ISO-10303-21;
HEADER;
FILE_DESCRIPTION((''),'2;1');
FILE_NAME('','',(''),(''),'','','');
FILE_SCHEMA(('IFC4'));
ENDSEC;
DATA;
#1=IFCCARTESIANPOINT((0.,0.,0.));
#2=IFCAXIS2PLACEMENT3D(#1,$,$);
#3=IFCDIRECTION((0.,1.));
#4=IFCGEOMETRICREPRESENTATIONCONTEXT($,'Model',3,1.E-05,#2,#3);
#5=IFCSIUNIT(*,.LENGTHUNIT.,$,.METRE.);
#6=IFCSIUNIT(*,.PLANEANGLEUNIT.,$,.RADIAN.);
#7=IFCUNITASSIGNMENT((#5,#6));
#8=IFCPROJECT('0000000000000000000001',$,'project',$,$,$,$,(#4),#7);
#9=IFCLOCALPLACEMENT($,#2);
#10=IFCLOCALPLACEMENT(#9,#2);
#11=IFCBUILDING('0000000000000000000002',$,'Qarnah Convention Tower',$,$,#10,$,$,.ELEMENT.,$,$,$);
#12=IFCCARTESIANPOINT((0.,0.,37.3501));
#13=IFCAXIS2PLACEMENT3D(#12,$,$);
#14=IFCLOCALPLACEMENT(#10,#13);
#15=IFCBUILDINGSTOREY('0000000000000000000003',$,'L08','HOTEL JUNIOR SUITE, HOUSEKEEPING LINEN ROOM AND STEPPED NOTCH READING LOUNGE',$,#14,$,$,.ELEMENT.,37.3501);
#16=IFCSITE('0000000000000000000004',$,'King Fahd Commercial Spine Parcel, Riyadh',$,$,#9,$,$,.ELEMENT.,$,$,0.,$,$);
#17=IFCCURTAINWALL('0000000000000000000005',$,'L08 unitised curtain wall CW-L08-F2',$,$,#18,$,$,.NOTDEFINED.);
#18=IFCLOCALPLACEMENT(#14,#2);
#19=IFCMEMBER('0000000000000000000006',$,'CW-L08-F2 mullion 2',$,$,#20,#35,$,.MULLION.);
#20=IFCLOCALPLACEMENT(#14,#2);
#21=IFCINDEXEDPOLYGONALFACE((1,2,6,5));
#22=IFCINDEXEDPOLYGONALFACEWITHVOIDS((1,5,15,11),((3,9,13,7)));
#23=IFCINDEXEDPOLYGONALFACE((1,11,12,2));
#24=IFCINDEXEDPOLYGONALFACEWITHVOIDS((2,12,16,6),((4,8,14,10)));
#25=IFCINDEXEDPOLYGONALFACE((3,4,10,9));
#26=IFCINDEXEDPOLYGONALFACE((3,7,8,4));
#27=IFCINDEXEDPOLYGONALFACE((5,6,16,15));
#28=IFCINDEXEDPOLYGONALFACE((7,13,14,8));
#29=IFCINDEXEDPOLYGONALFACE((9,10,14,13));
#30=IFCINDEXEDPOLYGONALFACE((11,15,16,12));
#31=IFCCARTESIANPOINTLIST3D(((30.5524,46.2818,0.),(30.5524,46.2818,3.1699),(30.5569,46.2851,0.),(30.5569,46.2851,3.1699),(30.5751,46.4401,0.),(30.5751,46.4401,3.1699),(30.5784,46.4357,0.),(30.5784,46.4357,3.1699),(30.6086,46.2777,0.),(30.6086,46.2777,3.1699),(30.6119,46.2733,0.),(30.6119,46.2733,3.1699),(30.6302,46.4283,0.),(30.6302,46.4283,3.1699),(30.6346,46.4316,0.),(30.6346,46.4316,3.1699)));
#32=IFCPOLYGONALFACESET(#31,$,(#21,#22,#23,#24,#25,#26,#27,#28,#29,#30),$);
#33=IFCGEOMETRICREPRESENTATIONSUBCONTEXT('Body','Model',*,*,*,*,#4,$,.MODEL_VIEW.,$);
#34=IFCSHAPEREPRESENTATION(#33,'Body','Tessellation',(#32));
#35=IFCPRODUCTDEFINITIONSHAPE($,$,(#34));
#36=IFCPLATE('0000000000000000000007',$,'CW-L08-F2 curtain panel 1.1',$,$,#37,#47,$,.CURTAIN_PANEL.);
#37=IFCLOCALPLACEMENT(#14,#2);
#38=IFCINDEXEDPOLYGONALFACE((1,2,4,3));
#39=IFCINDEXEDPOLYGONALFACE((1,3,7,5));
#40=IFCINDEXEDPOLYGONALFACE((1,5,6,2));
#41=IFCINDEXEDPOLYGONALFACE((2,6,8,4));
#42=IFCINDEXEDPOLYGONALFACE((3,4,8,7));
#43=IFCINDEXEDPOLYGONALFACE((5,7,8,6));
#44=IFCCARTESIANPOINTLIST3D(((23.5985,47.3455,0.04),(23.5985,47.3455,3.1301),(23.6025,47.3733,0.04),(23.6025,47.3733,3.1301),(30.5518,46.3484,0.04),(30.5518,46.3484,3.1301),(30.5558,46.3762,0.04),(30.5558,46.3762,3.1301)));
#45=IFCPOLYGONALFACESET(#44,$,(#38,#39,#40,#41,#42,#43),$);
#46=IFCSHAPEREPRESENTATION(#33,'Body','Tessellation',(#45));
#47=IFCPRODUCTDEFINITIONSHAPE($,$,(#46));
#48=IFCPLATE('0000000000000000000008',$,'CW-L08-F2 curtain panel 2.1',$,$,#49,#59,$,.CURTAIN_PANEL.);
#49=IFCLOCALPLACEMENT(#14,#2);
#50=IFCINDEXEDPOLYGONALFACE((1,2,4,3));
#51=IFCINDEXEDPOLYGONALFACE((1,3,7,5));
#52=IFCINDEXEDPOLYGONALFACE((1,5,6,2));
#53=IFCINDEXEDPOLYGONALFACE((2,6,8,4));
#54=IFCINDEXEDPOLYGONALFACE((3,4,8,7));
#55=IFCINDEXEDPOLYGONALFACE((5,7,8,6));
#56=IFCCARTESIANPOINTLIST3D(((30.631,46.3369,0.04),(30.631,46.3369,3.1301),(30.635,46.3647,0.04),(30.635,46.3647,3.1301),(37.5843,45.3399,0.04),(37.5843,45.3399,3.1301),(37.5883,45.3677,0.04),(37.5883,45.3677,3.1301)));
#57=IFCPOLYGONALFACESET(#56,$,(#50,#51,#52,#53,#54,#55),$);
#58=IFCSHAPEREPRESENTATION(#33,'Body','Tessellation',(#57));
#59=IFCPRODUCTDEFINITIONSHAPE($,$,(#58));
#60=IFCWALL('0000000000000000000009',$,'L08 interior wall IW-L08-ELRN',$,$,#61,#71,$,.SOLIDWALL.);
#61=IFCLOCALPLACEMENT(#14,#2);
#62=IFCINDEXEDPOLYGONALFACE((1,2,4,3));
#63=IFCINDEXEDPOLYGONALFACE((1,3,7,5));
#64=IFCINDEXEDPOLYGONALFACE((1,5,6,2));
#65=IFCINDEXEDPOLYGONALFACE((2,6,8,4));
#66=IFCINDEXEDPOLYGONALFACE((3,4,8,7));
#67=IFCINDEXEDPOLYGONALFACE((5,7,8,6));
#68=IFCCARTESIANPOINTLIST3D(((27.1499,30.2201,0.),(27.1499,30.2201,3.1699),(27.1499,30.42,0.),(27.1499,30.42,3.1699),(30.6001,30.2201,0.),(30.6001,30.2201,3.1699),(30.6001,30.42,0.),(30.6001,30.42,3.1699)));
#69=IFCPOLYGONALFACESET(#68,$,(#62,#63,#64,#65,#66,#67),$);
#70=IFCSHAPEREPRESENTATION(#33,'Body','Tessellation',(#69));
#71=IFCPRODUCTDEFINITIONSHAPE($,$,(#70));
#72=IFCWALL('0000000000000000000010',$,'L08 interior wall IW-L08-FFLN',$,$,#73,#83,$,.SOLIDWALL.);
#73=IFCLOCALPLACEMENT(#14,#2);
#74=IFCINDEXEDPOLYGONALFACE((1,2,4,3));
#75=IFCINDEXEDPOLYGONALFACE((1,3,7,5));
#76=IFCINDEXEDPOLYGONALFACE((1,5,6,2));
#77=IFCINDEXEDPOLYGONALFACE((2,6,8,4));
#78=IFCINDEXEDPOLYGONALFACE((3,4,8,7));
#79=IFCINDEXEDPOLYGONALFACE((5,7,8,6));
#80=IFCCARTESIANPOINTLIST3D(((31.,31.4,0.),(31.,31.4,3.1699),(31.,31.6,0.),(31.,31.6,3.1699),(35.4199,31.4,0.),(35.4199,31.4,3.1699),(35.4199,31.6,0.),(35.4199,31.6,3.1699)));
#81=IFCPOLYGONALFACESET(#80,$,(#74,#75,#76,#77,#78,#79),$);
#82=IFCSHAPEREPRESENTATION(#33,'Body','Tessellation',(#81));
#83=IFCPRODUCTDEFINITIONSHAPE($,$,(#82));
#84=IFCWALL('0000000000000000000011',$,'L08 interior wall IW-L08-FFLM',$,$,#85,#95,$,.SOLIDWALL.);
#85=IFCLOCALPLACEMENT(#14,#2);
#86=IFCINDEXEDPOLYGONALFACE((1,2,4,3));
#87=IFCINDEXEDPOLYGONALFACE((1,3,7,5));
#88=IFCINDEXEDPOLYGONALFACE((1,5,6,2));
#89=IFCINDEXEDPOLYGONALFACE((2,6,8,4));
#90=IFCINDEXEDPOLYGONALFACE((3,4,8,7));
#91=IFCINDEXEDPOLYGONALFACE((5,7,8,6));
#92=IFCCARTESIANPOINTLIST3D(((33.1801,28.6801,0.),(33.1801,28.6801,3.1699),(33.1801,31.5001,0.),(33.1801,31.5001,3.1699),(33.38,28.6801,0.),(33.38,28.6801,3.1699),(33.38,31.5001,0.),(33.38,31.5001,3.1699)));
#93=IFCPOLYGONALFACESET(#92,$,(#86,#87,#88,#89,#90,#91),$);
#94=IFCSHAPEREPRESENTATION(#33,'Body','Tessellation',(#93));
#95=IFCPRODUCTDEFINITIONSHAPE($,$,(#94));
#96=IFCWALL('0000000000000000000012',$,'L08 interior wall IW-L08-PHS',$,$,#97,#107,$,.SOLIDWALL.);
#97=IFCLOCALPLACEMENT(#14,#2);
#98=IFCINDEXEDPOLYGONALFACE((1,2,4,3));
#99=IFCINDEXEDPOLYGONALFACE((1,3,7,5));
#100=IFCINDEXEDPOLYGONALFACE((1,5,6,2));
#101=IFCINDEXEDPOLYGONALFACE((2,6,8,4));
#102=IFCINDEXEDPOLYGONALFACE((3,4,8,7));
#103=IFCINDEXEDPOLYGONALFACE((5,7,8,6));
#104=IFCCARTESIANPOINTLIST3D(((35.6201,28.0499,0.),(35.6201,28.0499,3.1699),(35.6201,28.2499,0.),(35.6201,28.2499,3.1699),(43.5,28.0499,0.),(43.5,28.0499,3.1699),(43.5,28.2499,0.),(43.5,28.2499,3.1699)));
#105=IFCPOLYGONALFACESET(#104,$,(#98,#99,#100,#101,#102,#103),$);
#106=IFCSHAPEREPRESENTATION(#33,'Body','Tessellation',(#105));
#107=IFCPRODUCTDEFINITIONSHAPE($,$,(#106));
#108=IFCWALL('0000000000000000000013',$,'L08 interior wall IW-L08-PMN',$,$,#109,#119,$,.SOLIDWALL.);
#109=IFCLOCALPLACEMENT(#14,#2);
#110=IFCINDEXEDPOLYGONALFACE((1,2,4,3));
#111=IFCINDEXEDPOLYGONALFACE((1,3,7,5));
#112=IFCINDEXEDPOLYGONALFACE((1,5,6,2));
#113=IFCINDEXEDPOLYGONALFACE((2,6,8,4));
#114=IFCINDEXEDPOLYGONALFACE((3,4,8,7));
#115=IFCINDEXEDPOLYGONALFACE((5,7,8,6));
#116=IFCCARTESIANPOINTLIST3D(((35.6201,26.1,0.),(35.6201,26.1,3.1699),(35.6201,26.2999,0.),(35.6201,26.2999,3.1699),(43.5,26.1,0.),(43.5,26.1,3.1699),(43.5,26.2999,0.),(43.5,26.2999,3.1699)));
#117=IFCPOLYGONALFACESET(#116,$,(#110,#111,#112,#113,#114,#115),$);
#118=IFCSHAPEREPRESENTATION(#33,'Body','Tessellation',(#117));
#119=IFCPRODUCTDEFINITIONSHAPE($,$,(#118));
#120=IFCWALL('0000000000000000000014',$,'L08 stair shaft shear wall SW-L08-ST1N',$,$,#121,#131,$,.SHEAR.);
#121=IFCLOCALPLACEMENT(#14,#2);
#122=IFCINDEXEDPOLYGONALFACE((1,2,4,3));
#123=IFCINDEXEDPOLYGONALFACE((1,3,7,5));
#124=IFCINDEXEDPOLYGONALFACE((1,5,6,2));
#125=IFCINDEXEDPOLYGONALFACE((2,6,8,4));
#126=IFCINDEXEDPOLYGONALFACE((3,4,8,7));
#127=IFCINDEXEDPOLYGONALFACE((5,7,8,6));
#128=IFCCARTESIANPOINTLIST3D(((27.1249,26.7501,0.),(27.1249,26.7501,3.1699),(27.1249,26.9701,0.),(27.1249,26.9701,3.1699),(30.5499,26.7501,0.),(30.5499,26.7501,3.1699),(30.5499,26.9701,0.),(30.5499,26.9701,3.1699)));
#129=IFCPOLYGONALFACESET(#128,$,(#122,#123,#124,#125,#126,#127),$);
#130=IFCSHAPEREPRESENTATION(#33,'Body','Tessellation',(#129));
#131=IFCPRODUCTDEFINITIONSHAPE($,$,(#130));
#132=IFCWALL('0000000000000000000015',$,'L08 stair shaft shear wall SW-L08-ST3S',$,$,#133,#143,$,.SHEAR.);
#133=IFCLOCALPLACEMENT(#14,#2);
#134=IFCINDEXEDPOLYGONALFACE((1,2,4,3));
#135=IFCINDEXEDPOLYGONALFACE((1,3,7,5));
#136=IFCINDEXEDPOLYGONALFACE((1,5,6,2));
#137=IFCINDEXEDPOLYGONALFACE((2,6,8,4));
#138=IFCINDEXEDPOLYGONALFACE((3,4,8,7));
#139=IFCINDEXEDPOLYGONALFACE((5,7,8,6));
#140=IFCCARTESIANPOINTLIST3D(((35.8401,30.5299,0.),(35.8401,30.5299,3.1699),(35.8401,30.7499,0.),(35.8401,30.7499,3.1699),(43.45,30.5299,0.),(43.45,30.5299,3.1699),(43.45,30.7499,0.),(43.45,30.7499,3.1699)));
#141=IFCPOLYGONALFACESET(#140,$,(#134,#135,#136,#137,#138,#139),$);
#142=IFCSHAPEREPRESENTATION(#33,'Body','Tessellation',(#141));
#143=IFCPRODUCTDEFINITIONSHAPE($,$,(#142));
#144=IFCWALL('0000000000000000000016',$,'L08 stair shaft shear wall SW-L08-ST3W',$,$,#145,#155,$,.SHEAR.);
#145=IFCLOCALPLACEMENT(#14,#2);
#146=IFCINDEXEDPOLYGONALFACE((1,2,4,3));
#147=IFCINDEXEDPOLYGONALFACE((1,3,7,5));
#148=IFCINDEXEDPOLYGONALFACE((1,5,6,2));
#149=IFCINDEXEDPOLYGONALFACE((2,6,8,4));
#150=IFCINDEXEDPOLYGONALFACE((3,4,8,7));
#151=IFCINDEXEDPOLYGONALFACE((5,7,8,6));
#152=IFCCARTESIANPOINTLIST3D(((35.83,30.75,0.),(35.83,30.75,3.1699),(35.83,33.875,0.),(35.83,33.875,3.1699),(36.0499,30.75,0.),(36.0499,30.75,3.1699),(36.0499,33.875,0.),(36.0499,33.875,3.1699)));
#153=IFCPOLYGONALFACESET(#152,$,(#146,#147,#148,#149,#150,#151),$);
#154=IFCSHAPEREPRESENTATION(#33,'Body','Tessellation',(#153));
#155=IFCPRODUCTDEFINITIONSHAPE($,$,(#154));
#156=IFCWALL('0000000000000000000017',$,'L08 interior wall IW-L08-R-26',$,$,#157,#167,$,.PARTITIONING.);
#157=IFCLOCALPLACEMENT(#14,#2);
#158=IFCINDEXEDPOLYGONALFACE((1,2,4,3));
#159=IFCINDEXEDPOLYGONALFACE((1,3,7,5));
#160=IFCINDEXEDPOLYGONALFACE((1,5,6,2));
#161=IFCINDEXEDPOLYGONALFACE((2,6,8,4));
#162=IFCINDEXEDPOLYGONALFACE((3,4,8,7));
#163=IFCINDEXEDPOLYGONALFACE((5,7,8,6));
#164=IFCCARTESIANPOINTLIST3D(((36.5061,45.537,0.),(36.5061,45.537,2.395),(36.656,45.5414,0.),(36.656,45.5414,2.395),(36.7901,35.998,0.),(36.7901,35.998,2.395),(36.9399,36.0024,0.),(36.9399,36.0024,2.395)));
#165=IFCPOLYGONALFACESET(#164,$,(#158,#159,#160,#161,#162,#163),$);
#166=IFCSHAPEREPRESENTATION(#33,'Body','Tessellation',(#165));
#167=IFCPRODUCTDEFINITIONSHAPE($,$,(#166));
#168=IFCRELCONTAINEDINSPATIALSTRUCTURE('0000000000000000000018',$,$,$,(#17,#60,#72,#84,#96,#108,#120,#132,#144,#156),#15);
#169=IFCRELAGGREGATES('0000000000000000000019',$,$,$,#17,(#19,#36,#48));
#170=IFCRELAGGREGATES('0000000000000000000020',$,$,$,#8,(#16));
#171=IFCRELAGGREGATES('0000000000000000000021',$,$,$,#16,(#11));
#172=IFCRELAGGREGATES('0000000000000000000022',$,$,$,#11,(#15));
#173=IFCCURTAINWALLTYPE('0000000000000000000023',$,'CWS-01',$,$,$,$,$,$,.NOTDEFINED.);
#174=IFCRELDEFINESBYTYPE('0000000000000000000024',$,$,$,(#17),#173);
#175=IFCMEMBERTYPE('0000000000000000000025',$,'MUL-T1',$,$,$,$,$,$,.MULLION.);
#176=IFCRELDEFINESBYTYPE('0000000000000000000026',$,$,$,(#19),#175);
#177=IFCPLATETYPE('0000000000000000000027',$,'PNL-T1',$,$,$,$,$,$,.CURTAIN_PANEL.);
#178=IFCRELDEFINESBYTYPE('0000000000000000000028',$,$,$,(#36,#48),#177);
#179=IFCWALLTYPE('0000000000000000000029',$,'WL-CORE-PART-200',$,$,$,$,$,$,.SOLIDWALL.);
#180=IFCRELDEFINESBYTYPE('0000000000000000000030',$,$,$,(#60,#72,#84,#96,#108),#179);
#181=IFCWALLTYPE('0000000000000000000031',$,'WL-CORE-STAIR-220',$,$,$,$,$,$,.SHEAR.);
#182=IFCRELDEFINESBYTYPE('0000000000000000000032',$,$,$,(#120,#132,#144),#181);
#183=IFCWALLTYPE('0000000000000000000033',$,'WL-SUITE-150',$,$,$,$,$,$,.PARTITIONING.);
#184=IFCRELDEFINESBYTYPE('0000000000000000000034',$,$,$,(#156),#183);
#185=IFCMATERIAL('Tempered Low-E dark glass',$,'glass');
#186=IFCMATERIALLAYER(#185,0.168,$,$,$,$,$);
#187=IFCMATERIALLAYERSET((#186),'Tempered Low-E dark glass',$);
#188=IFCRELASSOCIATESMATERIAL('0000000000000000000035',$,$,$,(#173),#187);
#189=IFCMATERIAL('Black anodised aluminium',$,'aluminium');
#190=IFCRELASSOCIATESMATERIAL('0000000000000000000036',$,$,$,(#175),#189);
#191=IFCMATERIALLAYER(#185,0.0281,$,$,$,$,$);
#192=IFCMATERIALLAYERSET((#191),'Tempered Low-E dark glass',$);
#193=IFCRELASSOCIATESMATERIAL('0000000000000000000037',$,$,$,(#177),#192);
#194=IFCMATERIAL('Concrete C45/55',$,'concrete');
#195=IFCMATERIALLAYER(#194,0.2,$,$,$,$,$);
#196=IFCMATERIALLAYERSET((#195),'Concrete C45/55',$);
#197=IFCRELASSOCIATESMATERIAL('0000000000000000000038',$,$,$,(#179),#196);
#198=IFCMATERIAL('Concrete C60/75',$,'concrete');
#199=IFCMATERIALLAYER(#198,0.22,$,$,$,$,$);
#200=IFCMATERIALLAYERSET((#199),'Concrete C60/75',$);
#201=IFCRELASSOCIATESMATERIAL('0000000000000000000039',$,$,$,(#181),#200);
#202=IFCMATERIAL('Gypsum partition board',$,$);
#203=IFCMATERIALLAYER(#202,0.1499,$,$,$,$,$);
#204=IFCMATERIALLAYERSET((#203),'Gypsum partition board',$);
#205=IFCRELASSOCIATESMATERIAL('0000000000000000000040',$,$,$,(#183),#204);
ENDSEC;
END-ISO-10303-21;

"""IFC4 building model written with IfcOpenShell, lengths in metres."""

from ifc_helpers import new_model, si_unit, direction, frame, frame_2d, origin, origin_2d, place, context, subcontext, project, spatial, rectangle, hollow_rectangle, extrude, material, layer, layer_set, material_profile, profile_set, type_object, element, aggregate, save


model = new_model("IFC4")

# Units and contexts
model_context = context("Model", 3, precision=1e-05, world=origin(), true_north=direction((0.0, 1.0)))
body_context = subcontext(model_context, "Body", "Model", "MODEL_VIEW")
ifc_project = project(units=[si_unit("LENGTHUNIT", "METRE"), si_unit("PLANEANGLEUNIT", "RADIAN")], contexts=[model_context])

# Site, building, storey
site_placement = place(None, origin())
site = spatial("IfcSite", under=ifc_project, at=site_placement, Name="King Fahd Commercial Spine Parcel, Riyadh", CompositionType="ELEMENT", RefElevation=0.0)
building_placement = place(site_placement, origin())
building = spatial("IfcBuilding", under=site, at=building_placement, Name="Qarnah Convention Tower", CompositionType="ELEMENT")
storey_placement = place(building_placement, frame((0.0, 0.0, 37.3501)))
storey = spatial("IfcBuildingStorey", under=building, at=storey_placement, Name="L08", Description="HOTEL JUNIOR SUITE, HOUSEKEEPING LINEN ROOM AND STEPPED NOTCH READING LOUNGE", CompositionType="ELEMENT", Elevation=37.3501)

# Shared definitions
ifc_material_1 = material(Name="Concrete C60/75", Category="concrete")

# Curtain wall, member, plates
ifc_material_2 = material(Name="Tempered Low-E dark glass", Category="glass")
ifc_layer_1 = layer(ifc_material_2, 0.168)
ifc_layer_set_1 = layer_set([ifc_layer_1], Name="Tempered Low-E dark glass")
curtain_wall_type = type_object("IfcCurtainWallType", Name="CWS-01", PredefinedType="NOTDEFINED", material=ifc_layer_set_1)
curtain_wall_placement = place(storey_placement, origin())
curtain_wall = element("IfcCurtainWall", 1, at=curtain_wall_placement, inside=storey, type_object=curtain_wall_type, Name="L08 unitised curtain wall CW-L08-F2", PredefinedType="NOTDEFINED")
ifc_material_3 = material(Name="Black anodised aluminium", Category="aluminium")
ifc_material_profile_1 = material_profile(ifc_material_3, hollow_rectangle(XDim=0.0601, YDim=0.1599, WallThickness=0.0039, at=origin_2d()), Name="MUL-60X160")
ifc_profile_set_1 = profile_set([ifc_material_profile_1], Name="Black anodised aluminium")
member_type = type_object("IfcMemberType", Name="MUL-T1", PredefinedType="MULLION", material=ifc_profile_set_1)
member_placement = place(storey_placement, frame((30.5935, 46.3567, 0.0), z_axis=(0.0, 0.0, 1.0), x_axis=(0.989875, -0.141942, 0.0)))
member = element("IfcMember", 2, at=member_placement, type_object=member_type, Name="CW-L08-F2 mullion 2", PredefinedType="MULLION", context=body_context, shape_type="SweptSolid", body=[
    extrude(hollow_rectangle(XDim=0.0601, YDim=0.1599, WallThickness=0.0039, at=origin_2d()), origin(), (0.0, 0.0, 1.0), 3.1699),
])
ifc_layer_2 = layer(ifc_material_2, 0.0281)
ifc_layer_set_2 = layer_set([ifc_layer_2], Name="Tempered Low-E dark glass")
plate_type = type_object("IfcPlateType", Name="PNL-T1", PredefinedType="CURTAIN_PANEL", material=ifc_layer_set_2)
plate_1_placement = place(storey_placement, frame((27.0771, 46.8608, 0.04), z_axis=(0.0, 0.0, 1.0), x_axis=(0.989875, -0.141942, 0.0)))
plate_1 = element("IfcPlate", 3, at=plate_1_placement, type_object=plate_type, Name="CW-L08-F2 curtain panel 1.1", PredefinedType="CURTAIN_PANEL", context=body_context, shape_type="SweptSolid", body=[
    extrude(rectangle(XDim=7.0244, YDim=0.0281, at=origin_2d()), origin(), (0.0, 0.0, 1.0), 3.0901),
])
plate_2_placement = place(storey_placement, frame((34.1096, 45.8523, 0.04), z_axis=(0.0, 0.0, 1.0), x_axis=(0.989875, -0.141942, 0.0)))
plate_2 = element("IfcPlate", 4, at=plate_2_placement, type_object=plate_type, Name="CW-L08-F2 curtain panel 2.1", PredefinedType="CURTAIN_PANEL", context=body_context, shape_type="SweptSolid", body=[
    extrude(rectangle(XDim=7.0244, YDim=0.0281, at=origin_2d()), origin(), (0.0, 0.0, 1.0), 3.0901),
])
aggregate(curtain_wall, [member, plate_1, plate_2])

# Wall
ifc_material_4 = material(Name="Concrete C45/55", Category="concrete")
ifc_layer_3 = layer(ifc_material_4, 0.2)
ifc_layer_set_3 = layer_set([ifc_layer_3], Name="Concrete C45/55")
wall_type_1 = type_object("IfcWallType", Name="WL-CORE-PART-200", PredefinedType="SOLIDWALL", material=ifc_layer_set_3)
wall_1_placement = place(storey_placement, frame((27.1499, 30.3201, 0.0), z_axis=(0.0, 0.0, 1.0), x_axis=(1.0, 0.0, 0.0)))
element("IfcWall", 5, at=wall_1_placement, inside=storey, type_object=wall_type_1, Name="L08 interior wall IW-L08-ELRN", PredefinedType="SOLIDWALL", context=body_context, shape_type="SweptSolid", body=[
    extrude(rectangle(XDim=3.4502, YDim=0.2, at=frame_2d((1.7251, 0.0))), origin(), (0.0, 0.0, 1.0), 3.1699),
])

# Walls
wall_2_placement = place(storey_placement, frame((31.0, 31.5, 0.0), z_axis=(0.0, 0.0, 1.0), x_axis=(1.0, 0.0, 0.0)))
element("IfcWall", 6, at=wall_2_placement, inside=storey, type_object=wall_type_1, Name="L08 interior wall IW-L08-FFLN", PredefinedType="SOLIDWALL", context=body_context, shape_type="SweptSolid", body=[
    extrude(rectangle(XDim=4.4199, YDim=0.2, at=frame_2d((2.21, 0.0))), origin(), (0.0, 0.0, 1.0), 3.1699),
])
wall_3_placement = place(storey_placement, frame((33.28, 28.6799, 0.0), z_axis=(0.0, 0.0, 1.0), x_axis=(0.0, 1.0, 0.0)))
element("IfcWall", 7, at=wall_3_placement, inside=storey, type_object=wall_type_1, Name="L08 interior wall IW-L08-FFLM", PredefinedType="SOLIDWALL", context=body_context, shape_type="SweptSolid", body=[
    extrude(rectangle(XDim=2.8201, YDim=0.2, at=frame_2d((1.4102, 0.0))), origin(), (0.0, 0.0, 1.0), 3.1699),
])
for number, where, z_axis, x_axis, name in (
    (8, (35.6201, 28.1499, 0.0), (0.0, 0.0, 1.0), (1.0, 0.0, 0.0), "L08 interior wall IW-L08-PHS"),
    (9, (35.6201, 26.2, 0.0), (0.0, 0.0, 1.0), (1.0, 0.0, 0.0), "L08 interior wall IW-L08-PMN"),
):
    element("IfcWall", number, at=place(storey_placement, frame(where, z_axis=z_axis, x_axis=x_axis)), inside=storey, type_object=wall_type_1, Name=name, PredefinedType="SOLIDWALL", context=body_context, shape_type="SweptSolid", body=[
        extrude(rectangle(XDim=7.8799, YDim=0.2, at=frame_2d((3.9399, 0.0))), origin(), (0.0, 0.0, 1.0), 3.1699),
    ])
ifc_layer_4 = layer(ifc_material_1, 0.22)
ifc_layer_set_4 = layer_set([ifc_layer_4], Name="Concrete C60/75")
wall_type_2 = type_object("IfcWallType", Name="WL-CORE-STAIR-220", PredefinedType="SHEAR", material=ifc_layer_set_4)
wall_4_placement = place(storey_placement, frame((27.125, 26.8601, 0.0), z_axis=(0.0, 0.0, 1.0), x_axis=(1.0, 0.0, 0.0)))
element("IfcWall", 10, at=wall_4_placement, inside=storey, type_object=wall_type_2, Name="L08 stair shaft shear wall SW-L08-ST1N", PredefinedType="SHEAR", context=body_context, shape_type="SweptSolid", body=[
    extrude(rectangle(XDim=3.425, YDim=0.22, at=frame_2d((1.7124, 0.0))), origin(), (0.0, 0.0, 1.0), 3.1699),
])
wall_5_placement = place(storey_placement, frame((35.8401, 30.6399, 0.0), z_axis=(0.0, 0.0, 1.0), x_axis=(1.0, 0.0, 0.0)))
element("IfcWall", 11, at=wall_5_placement, inside=storey, type_object=wall_type_2, Name="L08 stair shaft shear wall SW-L08-ST3S", PredefinedType="SHEAR", context=body_context, shape_type="SweptSolid", body=[
    extrude(rectangle(XDim=7.6099, YDim=0.22, at=frame_2d((3.8049, 0.0))), origin(), (0.0, 0.0, 1.0), 3.1699),
])
wall_6_placement = place(storey_placement, frame((35.9399, 30.75, 0.0), z_axis=(0.0, 0.0, 1.0), x_axis=(0.0, 1.0, 0.0)))
element("IfcWall", 12, at=wall_6_placement, inside=storey, type_object=wall_type_2, Name="L08 stair shaft shear wall SW-L08-ST3W", PredefinedType="SHEAR", context=body_context, shape_type="SweptSolid", body=[
    extrude(rectangle(XDim=3.125, YDim=0.22, at=frame_2d((1.5625, 0.0))), origin(), (0.0, 0.0, 1.0), 3.1699),
])
ifc_material_5 = material(Name="Gypsum partition board")
ifc_layer_5 = layer(ifc_material_5, 0.1499)
ifc_layer_set_5 = layer_set([ifc_layer_5], Name="Gypsum partition board")
wall_type_3 = type_object("IfcWallType", Name="WL-SUITE-150", PredefinedType="PARTITIONING", material=ifc_layer_set_5)
wall_7_placement = place(storey_placement, frame((36.5811, 45.5391, 0.0), z_axis=(0.0, 0.0, 1.0), x_axis=(0.029752, -0.999557, 0.0)))
element("IfcWall", 13, at=wall_7_placement, inside=storey, type_object=wall_type_3, Name="L08 interior wall IW-L08-R-26", PredefinedType="PARTITIONING", context=body_context, shape_type="SweptSolid", body=[
    extrude(rectangle(XDim=9.5432, YDim=0.1499, at=frame_2d((4.7715, 0.0))), origin(), (0.0, 0.0, 1.0), 2.395),
])

save(model, "model.ifc")
